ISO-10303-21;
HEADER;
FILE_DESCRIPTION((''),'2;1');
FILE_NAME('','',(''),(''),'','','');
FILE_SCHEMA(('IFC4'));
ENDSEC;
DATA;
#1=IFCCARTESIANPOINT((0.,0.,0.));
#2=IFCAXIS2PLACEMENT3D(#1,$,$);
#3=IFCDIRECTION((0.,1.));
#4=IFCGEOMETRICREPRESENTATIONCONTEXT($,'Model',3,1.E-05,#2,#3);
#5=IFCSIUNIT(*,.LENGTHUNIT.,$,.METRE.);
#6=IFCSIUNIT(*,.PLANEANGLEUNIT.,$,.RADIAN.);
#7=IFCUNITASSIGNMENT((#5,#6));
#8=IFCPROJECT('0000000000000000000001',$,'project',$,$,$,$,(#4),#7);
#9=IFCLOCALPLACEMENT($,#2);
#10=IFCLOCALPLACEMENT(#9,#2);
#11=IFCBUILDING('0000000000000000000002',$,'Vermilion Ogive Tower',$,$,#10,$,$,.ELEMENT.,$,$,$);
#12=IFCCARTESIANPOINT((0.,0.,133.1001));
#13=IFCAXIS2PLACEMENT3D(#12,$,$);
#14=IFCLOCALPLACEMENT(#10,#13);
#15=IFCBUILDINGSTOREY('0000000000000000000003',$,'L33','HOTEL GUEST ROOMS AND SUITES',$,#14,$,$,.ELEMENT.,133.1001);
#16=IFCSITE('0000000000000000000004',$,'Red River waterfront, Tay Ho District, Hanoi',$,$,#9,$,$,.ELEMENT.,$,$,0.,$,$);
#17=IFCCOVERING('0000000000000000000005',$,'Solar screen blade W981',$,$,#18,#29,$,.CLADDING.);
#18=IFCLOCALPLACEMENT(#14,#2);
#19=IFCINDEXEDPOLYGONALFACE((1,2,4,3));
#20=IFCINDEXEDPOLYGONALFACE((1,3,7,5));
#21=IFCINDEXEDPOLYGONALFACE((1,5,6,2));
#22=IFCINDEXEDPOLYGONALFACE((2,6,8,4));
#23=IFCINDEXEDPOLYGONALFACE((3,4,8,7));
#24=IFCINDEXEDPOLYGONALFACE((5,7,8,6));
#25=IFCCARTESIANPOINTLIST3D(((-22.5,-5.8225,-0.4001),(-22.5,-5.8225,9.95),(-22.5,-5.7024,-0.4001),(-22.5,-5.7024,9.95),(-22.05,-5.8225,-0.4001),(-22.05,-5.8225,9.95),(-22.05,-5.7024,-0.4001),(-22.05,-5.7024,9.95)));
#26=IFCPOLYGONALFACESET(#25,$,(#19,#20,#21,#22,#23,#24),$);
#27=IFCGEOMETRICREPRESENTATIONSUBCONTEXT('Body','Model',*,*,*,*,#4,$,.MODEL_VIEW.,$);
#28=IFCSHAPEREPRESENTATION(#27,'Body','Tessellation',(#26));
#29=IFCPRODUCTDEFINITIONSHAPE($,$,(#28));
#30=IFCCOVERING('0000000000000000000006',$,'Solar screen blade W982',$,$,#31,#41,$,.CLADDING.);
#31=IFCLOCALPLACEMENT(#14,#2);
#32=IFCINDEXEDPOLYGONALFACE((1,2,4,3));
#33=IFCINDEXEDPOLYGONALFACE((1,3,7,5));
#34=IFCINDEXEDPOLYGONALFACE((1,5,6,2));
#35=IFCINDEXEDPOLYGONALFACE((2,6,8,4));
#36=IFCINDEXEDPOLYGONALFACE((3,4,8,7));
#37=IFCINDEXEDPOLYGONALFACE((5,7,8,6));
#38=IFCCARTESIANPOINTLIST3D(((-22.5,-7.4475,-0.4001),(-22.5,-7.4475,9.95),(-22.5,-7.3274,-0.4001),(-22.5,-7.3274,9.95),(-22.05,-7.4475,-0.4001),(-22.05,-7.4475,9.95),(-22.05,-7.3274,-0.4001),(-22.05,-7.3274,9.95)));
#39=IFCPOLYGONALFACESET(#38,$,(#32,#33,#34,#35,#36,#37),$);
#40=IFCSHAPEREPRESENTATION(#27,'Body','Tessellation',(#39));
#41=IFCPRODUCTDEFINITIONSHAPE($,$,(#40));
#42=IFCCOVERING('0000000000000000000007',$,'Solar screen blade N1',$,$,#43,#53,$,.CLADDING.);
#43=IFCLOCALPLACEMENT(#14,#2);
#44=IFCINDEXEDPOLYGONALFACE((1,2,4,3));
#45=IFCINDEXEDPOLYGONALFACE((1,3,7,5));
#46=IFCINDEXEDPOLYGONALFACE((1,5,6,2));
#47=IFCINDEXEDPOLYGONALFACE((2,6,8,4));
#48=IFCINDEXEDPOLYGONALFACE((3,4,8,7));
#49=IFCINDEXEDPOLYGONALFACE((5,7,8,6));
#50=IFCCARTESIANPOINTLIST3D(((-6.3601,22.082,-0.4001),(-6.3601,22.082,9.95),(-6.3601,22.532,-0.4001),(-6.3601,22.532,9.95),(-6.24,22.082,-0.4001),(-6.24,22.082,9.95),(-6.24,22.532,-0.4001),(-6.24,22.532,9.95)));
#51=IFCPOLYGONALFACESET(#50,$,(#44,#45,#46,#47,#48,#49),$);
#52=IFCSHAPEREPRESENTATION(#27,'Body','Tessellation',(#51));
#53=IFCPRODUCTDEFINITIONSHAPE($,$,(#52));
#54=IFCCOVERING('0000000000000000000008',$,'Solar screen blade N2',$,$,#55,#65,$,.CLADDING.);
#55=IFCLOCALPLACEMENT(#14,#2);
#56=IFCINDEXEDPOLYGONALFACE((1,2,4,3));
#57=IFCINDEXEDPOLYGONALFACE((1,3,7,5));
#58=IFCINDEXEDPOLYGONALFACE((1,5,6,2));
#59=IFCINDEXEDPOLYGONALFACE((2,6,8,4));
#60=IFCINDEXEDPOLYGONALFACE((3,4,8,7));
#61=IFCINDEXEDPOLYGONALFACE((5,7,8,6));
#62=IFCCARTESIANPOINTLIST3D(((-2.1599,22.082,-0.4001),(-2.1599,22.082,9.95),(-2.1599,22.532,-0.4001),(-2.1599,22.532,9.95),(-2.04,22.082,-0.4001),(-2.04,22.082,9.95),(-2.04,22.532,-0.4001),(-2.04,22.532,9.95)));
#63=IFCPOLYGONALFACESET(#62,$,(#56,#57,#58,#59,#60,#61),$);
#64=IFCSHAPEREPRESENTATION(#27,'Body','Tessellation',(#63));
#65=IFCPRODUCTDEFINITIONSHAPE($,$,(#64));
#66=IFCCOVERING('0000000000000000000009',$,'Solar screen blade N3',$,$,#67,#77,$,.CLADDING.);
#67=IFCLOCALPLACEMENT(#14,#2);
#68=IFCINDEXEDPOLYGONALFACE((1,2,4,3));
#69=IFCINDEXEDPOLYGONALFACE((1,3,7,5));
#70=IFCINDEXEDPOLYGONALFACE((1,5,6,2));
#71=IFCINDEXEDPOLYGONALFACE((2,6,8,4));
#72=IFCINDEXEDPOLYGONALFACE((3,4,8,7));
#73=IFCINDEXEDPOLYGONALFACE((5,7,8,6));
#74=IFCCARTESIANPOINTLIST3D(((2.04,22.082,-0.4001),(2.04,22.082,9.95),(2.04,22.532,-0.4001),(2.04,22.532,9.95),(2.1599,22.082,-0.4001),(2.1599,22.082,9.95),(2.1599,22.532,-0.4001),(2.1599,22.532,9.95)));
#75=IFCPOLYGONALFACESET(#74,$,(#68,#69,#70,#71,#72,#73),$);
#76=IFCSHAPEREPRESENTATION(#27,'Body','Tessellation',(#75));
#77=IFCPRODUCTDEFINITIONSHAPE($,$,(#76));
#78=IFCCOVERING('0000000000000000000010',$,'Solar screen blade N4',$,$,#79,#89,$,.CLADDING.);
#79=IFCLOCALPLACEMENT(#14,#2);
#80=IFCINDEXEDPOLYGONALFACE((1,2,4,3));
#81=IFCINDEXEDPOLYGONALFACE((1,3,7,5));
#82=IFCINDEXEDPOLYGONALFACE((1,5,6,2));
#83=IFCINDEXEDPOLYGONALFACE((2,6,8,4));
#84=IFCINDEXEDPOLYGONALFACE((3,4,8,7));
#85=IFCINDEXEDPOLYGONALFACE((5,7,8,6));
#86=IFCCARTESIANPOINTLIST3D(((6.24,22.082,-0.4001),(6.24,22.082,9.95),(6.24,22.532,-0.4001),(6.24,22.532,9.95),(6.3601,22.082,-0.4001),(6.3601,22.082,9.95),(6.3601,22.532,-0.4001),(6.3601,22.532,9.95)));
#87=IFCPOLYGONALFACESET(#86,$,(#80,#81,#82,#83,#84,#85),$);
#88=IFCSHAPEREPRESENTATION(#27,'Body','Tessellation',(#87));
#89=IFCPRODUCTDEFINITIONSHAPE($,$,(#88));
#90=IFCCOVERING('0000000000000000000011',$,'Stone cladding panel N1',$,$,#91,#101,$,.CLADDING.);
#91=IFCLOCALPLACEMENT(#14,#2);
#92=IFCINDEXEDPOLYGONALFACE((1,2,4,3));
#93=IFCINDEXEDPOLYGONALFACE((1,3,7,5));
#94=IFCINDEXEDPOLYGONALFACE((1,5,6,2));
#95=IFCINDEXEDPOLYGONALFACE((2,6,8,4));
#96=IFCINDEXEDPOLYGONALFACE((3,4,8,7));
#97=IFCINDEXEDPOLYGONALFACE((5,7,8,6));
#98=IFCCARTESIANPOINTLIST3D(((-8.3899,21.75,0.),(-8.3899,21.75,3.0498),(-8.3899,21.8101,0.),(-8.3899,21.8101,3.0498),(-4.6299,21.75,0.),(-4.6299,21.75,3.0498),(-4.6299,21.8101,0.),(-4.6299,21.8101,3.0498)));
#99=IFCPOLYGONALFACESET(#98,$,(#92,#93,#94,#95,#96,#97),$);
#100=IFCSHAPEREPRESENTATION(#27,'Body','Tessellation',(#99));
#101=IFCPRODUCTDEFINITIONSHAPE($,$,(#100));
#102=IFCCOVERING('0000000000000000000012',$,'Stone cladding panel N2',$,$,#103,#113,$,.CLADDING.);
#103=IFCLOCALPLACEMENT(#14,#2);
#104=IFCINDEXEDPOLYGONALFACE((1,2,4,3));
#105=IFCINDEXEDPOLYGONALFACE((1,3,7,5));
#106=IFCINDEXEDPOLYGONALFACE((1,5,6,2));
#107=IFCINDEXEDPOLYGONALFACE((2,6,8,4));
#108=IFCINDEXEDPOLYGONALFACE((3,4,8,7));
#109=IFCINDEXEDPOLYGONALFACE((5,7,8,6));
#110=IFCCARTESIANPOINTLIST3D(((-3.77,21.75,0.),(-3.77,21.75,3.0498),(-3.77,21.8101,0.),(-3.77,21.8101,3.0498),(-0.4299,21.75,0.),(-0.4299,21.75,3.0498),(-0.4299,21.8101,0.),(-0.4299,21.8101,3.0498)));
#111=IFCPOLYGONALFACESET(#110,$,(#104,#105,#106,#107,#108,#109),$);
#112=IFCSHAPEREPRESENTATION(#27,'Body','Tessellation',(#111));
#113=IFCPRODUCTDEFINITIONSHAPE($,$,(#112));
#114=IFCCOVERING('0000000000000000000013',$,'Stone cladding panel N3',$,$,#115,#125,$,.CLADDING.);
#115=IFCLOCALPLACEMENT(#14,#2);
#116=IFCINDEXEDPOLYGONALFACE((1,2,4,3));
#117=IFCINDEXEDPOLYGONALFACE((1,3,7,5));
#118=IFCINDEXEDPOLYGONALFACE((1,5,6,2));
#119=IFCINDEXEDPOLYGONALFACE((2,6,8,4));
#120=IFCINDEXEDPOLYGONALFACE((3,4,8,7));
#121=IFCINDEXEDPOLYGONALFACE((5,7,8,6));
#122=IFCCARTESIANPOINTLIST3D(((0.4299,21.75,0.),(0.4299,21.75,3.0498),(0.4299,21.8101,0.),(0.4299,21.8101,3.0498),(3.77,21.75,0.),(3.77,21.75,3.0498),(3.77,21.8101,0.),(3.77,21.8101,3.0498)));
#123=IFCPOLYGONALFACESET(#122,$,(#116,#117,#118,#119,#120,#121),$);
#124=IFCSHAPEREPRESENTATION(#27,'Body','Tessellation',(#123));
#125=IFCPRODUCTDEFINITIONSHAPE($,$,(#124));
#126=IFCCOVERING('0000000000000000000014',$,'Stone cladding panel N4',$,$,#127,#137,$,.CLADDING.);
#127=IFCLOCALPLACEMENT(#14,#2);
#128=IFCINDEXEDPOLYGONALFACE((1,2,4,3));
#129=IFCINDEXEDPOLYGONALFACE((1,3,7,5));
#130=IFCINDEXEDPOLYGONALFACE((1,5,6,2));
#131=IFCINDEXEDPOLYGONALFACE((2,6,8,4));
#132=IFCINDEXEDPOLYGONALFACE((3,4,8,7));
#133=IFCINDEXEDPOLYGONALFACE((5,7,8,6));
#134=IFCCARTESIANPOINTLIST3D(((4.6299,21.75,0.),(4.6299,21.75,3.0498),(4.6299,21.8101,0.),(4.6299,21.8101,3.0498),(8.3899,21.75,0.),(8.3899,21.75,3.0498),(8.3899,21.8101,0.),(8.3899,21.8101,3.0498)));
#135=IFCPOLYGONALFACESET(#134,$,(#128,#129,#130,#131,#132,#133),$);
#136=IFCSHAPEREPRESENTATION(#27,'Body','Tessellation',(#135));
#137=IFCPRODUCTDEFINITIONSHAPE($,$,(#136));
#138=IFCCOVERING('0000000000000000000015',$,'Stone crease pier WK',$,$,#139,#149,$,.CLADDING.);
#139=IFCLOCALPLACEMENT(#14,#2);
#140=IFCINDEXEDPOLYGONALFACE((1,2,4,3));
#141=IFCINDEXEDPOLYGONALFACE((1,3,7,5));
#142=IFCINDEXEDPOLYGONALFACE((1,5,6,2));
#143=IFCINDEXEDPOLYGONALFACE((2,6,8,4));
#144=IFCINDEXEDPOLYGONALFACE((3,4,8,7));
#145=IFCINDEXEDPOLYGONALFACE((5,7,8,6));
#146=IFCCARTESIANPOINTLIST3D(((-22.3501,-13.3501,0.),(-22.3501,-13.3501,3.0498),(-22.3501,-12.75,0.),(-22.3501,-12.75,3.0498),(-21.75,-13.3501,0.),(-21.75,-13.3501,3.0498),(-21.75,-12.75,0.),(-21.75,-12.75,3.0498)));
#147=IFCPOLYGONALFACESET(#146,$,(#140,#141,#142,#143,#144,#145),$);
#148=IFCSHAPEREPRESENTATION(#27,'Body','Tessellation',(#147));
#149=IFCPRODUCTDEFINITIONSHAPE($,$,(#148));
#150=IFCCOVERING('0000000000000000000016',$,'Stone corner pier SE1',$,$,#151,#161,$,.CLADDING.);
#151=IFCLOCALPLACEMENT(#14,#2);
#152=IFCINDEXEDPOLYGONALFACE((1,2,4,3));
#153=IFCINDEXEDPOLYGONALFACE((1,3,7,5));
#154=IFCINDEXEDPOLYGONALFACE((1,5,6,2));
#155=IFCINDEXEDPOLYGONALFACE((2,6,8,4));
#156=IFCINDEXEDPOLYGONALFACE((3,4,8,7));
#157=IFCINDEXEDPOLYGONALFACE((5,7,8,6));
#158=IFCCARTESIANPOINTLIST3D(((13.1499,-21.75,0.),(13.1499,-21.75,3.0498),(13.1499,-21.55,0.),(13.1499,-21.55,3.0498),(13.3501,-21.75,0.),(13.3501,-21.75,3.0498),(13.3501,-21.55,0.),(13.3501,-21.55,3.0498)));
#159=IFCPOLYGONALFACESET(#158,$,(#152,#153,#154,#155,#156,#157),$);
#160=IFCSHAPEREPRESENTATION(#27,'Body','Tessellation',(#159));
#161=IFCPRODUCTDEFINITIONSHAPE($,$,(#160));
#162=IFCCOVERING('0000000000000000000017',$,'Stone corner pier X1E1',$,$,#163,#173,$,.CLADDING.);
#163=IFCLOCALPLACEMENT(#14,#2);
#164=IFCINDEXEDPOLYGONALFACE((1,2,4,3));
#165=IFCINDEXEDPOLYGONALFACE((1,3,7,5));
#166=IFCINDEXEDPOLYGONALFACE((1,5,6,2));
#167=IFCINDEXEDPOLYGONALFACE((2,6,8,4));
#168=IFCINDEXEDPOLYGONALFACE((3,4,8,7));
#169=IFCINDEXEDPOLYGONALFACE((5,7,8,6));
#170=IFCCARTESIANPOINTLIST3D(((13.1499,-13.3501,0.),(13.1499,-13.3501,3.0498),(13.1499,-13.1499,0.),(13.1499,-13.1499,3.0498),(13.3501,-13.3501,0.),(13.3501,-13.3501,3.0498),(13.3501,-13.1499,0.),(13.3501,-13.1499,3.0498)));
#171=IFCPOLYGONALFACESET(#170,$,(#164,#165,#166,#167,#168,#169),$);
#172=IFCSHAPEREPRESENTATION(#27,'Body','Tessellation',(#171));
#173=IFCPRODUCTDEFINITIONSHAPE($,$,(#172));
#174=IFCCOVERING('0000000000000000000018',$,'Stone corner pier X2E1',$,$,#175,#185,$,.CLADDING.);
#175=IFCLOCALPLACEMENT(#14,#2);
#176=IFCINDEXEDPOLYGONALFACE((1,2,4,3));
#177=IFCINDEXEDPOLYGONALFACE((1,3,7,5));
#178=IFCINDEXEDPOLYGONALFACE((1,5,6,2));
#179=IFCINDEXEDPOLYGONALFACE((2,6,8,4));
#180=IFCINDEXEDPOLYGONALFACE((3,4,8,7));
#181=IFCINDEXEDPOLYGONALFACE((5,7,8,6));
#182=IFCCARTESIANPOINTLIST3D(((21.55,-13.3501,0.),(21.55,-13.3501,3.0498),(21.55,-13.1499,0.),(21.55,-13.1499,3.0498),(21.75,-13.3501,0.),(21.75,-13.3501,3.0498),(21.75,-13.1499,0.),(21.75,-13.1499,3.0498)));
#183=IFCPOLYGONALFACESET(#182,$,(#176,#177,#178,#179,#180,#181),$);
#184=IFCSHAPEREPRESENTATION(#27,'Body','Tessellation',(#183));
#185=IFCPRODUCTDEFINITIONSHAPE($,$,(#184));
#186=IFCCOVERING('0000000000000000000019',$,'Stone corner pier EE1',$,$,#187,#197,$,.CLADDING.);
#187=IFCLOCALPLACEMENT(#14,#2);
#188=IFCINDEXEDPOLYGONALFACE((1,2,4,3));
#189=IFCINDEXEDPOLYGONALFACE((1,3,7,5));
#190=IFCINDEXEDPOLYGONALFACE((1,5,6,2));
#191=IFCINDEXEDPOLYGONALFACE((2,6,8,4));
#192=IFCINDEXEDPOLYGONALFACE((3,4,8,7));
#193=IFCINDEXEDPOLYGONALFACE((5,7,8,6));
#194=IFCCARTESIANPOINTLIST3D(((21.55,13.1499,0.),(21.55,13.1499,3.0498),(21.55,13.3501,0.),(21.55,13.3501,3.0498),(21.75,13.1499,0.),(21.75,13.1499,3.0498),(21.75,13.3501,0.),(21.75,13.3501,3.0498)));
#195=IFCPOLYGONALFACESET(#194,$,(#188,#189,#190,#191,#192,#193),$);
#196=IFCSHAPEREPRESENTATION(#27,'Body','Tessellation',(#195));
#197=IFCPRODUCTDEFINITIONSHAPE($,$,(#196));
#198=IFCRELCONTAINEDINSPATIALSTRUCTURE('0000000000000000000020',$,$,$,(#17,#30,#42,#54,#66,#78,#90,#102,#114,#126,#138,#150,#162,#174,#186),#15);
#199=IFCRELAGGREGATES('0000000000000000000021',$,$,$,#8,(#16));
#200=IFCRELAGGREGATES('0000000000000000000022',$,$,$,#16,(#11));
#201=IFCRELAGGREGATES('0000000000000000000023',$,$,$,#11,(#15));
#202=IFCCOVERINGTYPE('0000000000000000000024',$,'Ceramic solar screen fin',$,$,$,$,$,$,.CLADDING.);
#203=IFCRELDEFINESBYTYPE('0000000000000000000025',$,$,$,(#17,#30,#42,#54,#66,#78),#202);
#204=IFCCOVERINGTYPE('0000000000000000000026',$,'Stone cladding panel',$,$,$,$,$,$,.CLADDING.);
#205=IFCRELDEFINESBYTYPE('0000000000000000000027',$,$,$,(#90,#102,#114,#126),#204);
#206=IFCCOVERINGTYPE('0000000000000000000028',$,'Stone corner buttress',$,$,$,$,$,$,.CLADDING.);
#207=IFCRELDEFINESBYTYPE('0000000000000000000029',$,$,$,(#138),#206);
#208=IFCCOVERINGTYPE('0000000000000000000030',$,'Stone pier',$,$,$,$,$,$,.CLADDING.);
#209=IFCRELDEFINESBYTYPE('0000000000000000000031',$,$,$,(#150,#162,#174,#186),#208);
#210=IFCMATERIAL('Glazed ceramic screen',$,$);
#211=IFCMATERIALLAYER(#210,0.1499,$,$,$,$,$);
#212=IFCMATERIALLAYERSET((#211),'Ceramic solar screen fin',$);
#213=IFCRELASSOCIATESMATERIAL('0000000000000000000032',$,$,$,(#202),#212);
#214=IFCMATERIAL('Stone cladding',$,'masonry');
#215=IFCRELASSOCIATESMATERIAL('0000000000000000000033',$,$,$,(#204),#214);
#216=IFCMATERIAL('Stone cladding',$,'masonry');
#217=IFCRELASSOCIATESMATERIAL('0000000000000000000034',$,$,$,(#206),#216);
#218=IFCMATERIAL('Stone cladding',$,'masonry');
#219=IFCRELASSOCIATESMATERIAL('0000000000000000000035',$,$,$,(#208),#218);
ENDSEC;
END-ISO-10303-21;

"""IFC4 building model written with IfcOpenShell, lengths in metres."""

from ifc_helpers import new_model, si_unit, direction, frame, origin, place, context, subcontext, project, spatial, polyline, outline, extrude, material, layer, layer_set, type_object, element, save


model = new_model("IFC4")

# Units and contexts
model_context = context("Model", 3, precision=1e-05, world=origin(), true_north=direction((0.0, 1.0)))
body_context = subcontext(model_context, "Body", "Model", "MODEL_VIEW")
ifc_project = project(units=[si_unit("LENGTHUNIT", "METRE"), si_unit("PLANEANGLEUNIT", "RADIAN")], contexts=[model_context])

# Site, building, storey
site_placement = place(None, origin())
site = spatial("IfcSite", under=ifc_project, at=site_placement, Name="Red River waterfront, Tay Ho District, Hanoi", CompositionType="ELEMENT", RefElevation=0.0)
building_placement = place(site_placement, origin())
building = spatial("IfcBuilding", under=site, at=building_placement, Name="Vermilion Ogive Tower", CompositionType="ELEMENT")
storey_placement = place(building_placement, frame((0.0, 0.0, 133.1001)))
storey = spatial("IfcBuildingStorey", under=building, at=storey_placement, Name="L33", Description="HOTEL GUEST ROOMS AND SUITES", CompositionType="ELEMENT", Elevation=133.1001)

# Coverings
ifc_material_1 = material(Name="Glazed ceramic screen")
ifc_layer = layer(ifc_material_1, 0.1499)
ifc_layer_set = layer_set([ifc_layer], Name="Ceramic solar screen fin")
covering_type_1 = type_object("IfcCoveringType", Name="Ceramic solar screen fin", PredefinedType="CLADDING", material=ifc_layer_set)
covering_1_placement = place(storey_placement, frame((0.0, 0.0, -0.4001)))
element("IfcCovering", 1, at=covering_1_placement, inside=storey, type_object=covering_type_1, Name="Solar screen blade W981", PredefinedType="CLADDING", context=body_context, shape_type="SweptSolid", body=[
    extrude(outline(polyline([(-22.5, -5.7024), (-22.5, -5.8225), (-22.05, -5.8225), (-22.05, -5.7024), (-22.5, -5.7024)])), origin(), (0.0, 0.0, 1.0), 10.3501),
])
covering_2_placement = place(storey_placement, frame((0.0, 0.0, -0.4001)))
element("IfcCovering", 2, at=covering_2_placement, inside=storey, type_object=covering_type_1, Name="Solar screen blade W982", PredefinedType="CLADDING", context=body_context, shape_type="SweptSolid", body=[
    extrude(outline(polyline([(-22.5, -7.3274), (-22.5, -7.4475), (-22.05, -7.4475), (-22.05, -7.3274), (-22.5, -7.3274)])), origin(), (0.0, 0.0, 1.0), 10.3501),
])
covering_3_placement = place(storey_placement, frame((0.0, 0.0, -0.4001)))
element("IfcCovering", 3, at=covering_3_placement, inside=storey, type_object=covering_type_1, Name="Solar screen blade N1", PredefinedType="CLADDING", context=body_context, shape_type="SweptSolid", body=[
    extrude(outline(polyline([(-6.3601, 22.082), (-6.24, 22.082), (-6.24, 22.532), (-6.3601, 22.532), (-6.3601, 22.082)])), origin(), (0.0, 0.0, 1.0), 10.3501),
])
covering_4_placement = place(storey_placement, frame((0.0, 0.0, -0.4001)))
element("IfcCovering", 4, at=covering_4_placement, inside=storey, type_object=covering_type_1, Name="Solar screen blade N2", PredefinedType="CLADDING", context=body_context, shape_type="SweptSolid", body=[
    extrude(outline(polyline([(-2.1599, 22.082), (-2.04, 22.082), (-2.04, 22.532), (-2.1599, 22.532), (-2.1599, 22.082)])), origin(), (0.0, 0.0, 1.0), 10.3501),
])
covering_5_placement = place(storey_placement, frame((0.0, 0.0, -0.4001)))
element("IfcCovering", 5, at=covering_5_placement, inside=storey, type_object=covering_type_1, Name="Solar screen blade N3", PredefinedType="CLADDING", context=body_context, shape_type="SweptSolid", body=[
    extrude(outline(polyline([(2.04, 22.082), (2.1599, 22.082), (2.1599, 22.532), (2.04, 22.532), (2.04, 22.082)])), origin(), (0.0, 0.0, 1.0), 10.3501),
])
covering_6_placement = place(storey_placement, frame((0.0, 0.0, -0.4001)))
element("IfcCovering", 6, at=covering_6_placement, inside=storey, type_object=covering_type_1, Name="Solar screen blade N4", PredefinedType="CLADDING", context=body_context, shape_type="SweptSolid", body=[
    extrude(outline(polyline([(6.24, 22.082), (6.3601, 22.082), (6.3601, 22.532), (6.24, 22.532), (6.24, 22.082)])), origin(), (0.0, 0.0, 1.0), 10.3501),
])
ifc_material_2 = material(Name="Stone cladding", Category="masonry")
covering_type_2 = type_object("IfcCoveringType", Name="Stone cladding panel", PredefinedType="CLADDING", material=ifc_material_2)
covering_7_placement = place(storey_placement, origin())
element("IfcCovering", 7, at=covering_7_placement, inside=storey, type_object=covering_type_2, Name="Stone cladding panel N1", PredefinedType="CLADDING", context=body_context, shape_type="SweptSolid", body=[
    extrude(outline(polyline([(-8.3899, 21.75), (-4.6299, 21.75), (-4.6299, 21.8101), (-8.3899, 21.8101), (-8.3899, 21.75)])), origin(), (0.0, 0.0, 1.0), 3.0498),
])
covering_8_placement = place(storey_placement, origin())
element("IfcCovering", 8, at=covering_8_placement, inside=storey, type_object=covering_type_2, Name="Stone cladding panel N2", PredefinedType="CLADDING", context=body_context, shape_type="SweptSolid", body=[
    extrude(outline(polyline([(-3.77, 21.75), (-0.4299, 21.75), (-0.4299, 21.8101), (-3.77, 21.8101), (-3.77, 21.75)])), origin(), (0.0, 0.0, 1.0), 3.0498),
])
covering_9_placement = place(storey_placement, origin())
element("IfcCovering", 9, at=covering_9_placement, inside=storey, type_object=covering_type_2, Name="Stone cladding panel N3", PredefinedType="CLADDING", context=body_context, shape_type="SweptSolid", body=[
    extrude(outline(polyline([(0.4299, 21.75), (3.77, 21.75), (3.77, 21.8101), (0.4299, 21.8101), (0.4299, 21.75)])), origin(), (0.0, 0.0, 1.0), 3.0498),
])
covering_10_placement = place(storey_placement, origin())
element("IfcCovering", 10, at=covering_10_placement, inside=storey, type_object=covering_type_2, Name="Stone cladding panel N4", PredefinedType="CLADDING", context=body_context, shape_type="SweptSolid", body=[
    extrude(outline(polyline([(4.6299, 21.75), (8.3899, 21.75), (8.3899, 21.8101), (4.6299, 21.8101), (4.6299, 21.75)])), origin(), (0.0, 0.0, 1.0), 3.0498),
])
ifc_material_3 = material(Name="Stone cladding", Category="masonry")
covering_type_3 = type_object("IfcCoveringType", Name="Stone corner buttress", PredefinedType="CLADDING", material=ifc_material_3)
covering_11_placement = place(storey_placement, origin())
element("IfcCovering", 11, at=covering_11_placement, inside=storey, type_object=covering_type_3, Name="Stone crease pier WK", PredefinedType="CLADDING", context=body_context, shape_type="SweptSolid", body=[
    extrude(outline(polyline([(-22.3501, -12.75), (-22.3501, -13.3501), (-21.75, -13.3501), (-21.75, -12.75), (-22.3501, -12.75)])), origin(), (0.0, 0.0, 1.0), 3.0498),
])
ifc_material_4 = material(Name="Stone cladding", Category="masonry")
covering_type_4 = type_object("IfcCoveringType", Name="Stone pier", PredefinedType="CLADDING", material=ifc_material_4)
covering_12_placement = place(storey_placement, origin())
element("IfcCovering", 12, at=covering_12_placement, inside=storey, type_object=covering_type_4, Name="Stone corner pier SE1", PredefinedType="CLADDING", context=body_context, shape_type="SweptSolid", body=[
    extrude(outline(polyline([(13.1499, -21.75), (13.1499, -21.55), (13.3501, -21.55), (13.3501, -21.75), (13.1499, -21.75)])), origin(), (0.0, 0.0, 1.0), 3.0498),
])
covering_13_placement = place(storey_placement, origin())
element("IfcCovering", 13, at=covering_13_placement, inside=storey, type_object=covering_type_4, Name="Stone corner pier X1E1", PredefinedType="CLADDING", context=body_context, shape_type="SweptSolid", body=[
    extrude(outline(polyline([(13.1499, -13.1499), (13.3501, -13.1499), (13.3501, -13.3501), (13.1499, -13.3501), (13.1499, -13.1499)])), origin(), (0.0, 0.0, 1.0), 3.0498),
])
covering_14_placement = place(storey_placement, origin())
element("IfcCovering", 14, at=covering_14_placement, inside=storey, type_object=covering_type_4, Name="Stone corner pier X2E1", PredefinedType="CLADDING", context=body_context, shape_type="SweptSolid", body=[
    extrude(outline(polyline([(21.55, -13.3501), (21.55, -13.1499), (21.75, -13.1499), (21.75, -13.3501), (21.55, -13.3501)])), origin(), (0.0, 0.0, 1.0), 3.0498),
])
covering_15_placement = place(storey_placement, origin())
element("IfcCovering", 15, at=covering_15_placement, inside=storey, type_object=covering_type_4, Name="Stone corner pier EE1", PredefinedType="CLADDING", context=body_context, shape_type="SweptSolid", body=[
    extrude(outline(polyline([(21.75, 13.1499), (21.55, 13.1499), (21.55, 13.3501), (21.75, 13.3501), (21.75, 13.1499)])), origin(), (0.0, 0.0, 1.0), 3.0498),
])

save(model, "model.ifc")
